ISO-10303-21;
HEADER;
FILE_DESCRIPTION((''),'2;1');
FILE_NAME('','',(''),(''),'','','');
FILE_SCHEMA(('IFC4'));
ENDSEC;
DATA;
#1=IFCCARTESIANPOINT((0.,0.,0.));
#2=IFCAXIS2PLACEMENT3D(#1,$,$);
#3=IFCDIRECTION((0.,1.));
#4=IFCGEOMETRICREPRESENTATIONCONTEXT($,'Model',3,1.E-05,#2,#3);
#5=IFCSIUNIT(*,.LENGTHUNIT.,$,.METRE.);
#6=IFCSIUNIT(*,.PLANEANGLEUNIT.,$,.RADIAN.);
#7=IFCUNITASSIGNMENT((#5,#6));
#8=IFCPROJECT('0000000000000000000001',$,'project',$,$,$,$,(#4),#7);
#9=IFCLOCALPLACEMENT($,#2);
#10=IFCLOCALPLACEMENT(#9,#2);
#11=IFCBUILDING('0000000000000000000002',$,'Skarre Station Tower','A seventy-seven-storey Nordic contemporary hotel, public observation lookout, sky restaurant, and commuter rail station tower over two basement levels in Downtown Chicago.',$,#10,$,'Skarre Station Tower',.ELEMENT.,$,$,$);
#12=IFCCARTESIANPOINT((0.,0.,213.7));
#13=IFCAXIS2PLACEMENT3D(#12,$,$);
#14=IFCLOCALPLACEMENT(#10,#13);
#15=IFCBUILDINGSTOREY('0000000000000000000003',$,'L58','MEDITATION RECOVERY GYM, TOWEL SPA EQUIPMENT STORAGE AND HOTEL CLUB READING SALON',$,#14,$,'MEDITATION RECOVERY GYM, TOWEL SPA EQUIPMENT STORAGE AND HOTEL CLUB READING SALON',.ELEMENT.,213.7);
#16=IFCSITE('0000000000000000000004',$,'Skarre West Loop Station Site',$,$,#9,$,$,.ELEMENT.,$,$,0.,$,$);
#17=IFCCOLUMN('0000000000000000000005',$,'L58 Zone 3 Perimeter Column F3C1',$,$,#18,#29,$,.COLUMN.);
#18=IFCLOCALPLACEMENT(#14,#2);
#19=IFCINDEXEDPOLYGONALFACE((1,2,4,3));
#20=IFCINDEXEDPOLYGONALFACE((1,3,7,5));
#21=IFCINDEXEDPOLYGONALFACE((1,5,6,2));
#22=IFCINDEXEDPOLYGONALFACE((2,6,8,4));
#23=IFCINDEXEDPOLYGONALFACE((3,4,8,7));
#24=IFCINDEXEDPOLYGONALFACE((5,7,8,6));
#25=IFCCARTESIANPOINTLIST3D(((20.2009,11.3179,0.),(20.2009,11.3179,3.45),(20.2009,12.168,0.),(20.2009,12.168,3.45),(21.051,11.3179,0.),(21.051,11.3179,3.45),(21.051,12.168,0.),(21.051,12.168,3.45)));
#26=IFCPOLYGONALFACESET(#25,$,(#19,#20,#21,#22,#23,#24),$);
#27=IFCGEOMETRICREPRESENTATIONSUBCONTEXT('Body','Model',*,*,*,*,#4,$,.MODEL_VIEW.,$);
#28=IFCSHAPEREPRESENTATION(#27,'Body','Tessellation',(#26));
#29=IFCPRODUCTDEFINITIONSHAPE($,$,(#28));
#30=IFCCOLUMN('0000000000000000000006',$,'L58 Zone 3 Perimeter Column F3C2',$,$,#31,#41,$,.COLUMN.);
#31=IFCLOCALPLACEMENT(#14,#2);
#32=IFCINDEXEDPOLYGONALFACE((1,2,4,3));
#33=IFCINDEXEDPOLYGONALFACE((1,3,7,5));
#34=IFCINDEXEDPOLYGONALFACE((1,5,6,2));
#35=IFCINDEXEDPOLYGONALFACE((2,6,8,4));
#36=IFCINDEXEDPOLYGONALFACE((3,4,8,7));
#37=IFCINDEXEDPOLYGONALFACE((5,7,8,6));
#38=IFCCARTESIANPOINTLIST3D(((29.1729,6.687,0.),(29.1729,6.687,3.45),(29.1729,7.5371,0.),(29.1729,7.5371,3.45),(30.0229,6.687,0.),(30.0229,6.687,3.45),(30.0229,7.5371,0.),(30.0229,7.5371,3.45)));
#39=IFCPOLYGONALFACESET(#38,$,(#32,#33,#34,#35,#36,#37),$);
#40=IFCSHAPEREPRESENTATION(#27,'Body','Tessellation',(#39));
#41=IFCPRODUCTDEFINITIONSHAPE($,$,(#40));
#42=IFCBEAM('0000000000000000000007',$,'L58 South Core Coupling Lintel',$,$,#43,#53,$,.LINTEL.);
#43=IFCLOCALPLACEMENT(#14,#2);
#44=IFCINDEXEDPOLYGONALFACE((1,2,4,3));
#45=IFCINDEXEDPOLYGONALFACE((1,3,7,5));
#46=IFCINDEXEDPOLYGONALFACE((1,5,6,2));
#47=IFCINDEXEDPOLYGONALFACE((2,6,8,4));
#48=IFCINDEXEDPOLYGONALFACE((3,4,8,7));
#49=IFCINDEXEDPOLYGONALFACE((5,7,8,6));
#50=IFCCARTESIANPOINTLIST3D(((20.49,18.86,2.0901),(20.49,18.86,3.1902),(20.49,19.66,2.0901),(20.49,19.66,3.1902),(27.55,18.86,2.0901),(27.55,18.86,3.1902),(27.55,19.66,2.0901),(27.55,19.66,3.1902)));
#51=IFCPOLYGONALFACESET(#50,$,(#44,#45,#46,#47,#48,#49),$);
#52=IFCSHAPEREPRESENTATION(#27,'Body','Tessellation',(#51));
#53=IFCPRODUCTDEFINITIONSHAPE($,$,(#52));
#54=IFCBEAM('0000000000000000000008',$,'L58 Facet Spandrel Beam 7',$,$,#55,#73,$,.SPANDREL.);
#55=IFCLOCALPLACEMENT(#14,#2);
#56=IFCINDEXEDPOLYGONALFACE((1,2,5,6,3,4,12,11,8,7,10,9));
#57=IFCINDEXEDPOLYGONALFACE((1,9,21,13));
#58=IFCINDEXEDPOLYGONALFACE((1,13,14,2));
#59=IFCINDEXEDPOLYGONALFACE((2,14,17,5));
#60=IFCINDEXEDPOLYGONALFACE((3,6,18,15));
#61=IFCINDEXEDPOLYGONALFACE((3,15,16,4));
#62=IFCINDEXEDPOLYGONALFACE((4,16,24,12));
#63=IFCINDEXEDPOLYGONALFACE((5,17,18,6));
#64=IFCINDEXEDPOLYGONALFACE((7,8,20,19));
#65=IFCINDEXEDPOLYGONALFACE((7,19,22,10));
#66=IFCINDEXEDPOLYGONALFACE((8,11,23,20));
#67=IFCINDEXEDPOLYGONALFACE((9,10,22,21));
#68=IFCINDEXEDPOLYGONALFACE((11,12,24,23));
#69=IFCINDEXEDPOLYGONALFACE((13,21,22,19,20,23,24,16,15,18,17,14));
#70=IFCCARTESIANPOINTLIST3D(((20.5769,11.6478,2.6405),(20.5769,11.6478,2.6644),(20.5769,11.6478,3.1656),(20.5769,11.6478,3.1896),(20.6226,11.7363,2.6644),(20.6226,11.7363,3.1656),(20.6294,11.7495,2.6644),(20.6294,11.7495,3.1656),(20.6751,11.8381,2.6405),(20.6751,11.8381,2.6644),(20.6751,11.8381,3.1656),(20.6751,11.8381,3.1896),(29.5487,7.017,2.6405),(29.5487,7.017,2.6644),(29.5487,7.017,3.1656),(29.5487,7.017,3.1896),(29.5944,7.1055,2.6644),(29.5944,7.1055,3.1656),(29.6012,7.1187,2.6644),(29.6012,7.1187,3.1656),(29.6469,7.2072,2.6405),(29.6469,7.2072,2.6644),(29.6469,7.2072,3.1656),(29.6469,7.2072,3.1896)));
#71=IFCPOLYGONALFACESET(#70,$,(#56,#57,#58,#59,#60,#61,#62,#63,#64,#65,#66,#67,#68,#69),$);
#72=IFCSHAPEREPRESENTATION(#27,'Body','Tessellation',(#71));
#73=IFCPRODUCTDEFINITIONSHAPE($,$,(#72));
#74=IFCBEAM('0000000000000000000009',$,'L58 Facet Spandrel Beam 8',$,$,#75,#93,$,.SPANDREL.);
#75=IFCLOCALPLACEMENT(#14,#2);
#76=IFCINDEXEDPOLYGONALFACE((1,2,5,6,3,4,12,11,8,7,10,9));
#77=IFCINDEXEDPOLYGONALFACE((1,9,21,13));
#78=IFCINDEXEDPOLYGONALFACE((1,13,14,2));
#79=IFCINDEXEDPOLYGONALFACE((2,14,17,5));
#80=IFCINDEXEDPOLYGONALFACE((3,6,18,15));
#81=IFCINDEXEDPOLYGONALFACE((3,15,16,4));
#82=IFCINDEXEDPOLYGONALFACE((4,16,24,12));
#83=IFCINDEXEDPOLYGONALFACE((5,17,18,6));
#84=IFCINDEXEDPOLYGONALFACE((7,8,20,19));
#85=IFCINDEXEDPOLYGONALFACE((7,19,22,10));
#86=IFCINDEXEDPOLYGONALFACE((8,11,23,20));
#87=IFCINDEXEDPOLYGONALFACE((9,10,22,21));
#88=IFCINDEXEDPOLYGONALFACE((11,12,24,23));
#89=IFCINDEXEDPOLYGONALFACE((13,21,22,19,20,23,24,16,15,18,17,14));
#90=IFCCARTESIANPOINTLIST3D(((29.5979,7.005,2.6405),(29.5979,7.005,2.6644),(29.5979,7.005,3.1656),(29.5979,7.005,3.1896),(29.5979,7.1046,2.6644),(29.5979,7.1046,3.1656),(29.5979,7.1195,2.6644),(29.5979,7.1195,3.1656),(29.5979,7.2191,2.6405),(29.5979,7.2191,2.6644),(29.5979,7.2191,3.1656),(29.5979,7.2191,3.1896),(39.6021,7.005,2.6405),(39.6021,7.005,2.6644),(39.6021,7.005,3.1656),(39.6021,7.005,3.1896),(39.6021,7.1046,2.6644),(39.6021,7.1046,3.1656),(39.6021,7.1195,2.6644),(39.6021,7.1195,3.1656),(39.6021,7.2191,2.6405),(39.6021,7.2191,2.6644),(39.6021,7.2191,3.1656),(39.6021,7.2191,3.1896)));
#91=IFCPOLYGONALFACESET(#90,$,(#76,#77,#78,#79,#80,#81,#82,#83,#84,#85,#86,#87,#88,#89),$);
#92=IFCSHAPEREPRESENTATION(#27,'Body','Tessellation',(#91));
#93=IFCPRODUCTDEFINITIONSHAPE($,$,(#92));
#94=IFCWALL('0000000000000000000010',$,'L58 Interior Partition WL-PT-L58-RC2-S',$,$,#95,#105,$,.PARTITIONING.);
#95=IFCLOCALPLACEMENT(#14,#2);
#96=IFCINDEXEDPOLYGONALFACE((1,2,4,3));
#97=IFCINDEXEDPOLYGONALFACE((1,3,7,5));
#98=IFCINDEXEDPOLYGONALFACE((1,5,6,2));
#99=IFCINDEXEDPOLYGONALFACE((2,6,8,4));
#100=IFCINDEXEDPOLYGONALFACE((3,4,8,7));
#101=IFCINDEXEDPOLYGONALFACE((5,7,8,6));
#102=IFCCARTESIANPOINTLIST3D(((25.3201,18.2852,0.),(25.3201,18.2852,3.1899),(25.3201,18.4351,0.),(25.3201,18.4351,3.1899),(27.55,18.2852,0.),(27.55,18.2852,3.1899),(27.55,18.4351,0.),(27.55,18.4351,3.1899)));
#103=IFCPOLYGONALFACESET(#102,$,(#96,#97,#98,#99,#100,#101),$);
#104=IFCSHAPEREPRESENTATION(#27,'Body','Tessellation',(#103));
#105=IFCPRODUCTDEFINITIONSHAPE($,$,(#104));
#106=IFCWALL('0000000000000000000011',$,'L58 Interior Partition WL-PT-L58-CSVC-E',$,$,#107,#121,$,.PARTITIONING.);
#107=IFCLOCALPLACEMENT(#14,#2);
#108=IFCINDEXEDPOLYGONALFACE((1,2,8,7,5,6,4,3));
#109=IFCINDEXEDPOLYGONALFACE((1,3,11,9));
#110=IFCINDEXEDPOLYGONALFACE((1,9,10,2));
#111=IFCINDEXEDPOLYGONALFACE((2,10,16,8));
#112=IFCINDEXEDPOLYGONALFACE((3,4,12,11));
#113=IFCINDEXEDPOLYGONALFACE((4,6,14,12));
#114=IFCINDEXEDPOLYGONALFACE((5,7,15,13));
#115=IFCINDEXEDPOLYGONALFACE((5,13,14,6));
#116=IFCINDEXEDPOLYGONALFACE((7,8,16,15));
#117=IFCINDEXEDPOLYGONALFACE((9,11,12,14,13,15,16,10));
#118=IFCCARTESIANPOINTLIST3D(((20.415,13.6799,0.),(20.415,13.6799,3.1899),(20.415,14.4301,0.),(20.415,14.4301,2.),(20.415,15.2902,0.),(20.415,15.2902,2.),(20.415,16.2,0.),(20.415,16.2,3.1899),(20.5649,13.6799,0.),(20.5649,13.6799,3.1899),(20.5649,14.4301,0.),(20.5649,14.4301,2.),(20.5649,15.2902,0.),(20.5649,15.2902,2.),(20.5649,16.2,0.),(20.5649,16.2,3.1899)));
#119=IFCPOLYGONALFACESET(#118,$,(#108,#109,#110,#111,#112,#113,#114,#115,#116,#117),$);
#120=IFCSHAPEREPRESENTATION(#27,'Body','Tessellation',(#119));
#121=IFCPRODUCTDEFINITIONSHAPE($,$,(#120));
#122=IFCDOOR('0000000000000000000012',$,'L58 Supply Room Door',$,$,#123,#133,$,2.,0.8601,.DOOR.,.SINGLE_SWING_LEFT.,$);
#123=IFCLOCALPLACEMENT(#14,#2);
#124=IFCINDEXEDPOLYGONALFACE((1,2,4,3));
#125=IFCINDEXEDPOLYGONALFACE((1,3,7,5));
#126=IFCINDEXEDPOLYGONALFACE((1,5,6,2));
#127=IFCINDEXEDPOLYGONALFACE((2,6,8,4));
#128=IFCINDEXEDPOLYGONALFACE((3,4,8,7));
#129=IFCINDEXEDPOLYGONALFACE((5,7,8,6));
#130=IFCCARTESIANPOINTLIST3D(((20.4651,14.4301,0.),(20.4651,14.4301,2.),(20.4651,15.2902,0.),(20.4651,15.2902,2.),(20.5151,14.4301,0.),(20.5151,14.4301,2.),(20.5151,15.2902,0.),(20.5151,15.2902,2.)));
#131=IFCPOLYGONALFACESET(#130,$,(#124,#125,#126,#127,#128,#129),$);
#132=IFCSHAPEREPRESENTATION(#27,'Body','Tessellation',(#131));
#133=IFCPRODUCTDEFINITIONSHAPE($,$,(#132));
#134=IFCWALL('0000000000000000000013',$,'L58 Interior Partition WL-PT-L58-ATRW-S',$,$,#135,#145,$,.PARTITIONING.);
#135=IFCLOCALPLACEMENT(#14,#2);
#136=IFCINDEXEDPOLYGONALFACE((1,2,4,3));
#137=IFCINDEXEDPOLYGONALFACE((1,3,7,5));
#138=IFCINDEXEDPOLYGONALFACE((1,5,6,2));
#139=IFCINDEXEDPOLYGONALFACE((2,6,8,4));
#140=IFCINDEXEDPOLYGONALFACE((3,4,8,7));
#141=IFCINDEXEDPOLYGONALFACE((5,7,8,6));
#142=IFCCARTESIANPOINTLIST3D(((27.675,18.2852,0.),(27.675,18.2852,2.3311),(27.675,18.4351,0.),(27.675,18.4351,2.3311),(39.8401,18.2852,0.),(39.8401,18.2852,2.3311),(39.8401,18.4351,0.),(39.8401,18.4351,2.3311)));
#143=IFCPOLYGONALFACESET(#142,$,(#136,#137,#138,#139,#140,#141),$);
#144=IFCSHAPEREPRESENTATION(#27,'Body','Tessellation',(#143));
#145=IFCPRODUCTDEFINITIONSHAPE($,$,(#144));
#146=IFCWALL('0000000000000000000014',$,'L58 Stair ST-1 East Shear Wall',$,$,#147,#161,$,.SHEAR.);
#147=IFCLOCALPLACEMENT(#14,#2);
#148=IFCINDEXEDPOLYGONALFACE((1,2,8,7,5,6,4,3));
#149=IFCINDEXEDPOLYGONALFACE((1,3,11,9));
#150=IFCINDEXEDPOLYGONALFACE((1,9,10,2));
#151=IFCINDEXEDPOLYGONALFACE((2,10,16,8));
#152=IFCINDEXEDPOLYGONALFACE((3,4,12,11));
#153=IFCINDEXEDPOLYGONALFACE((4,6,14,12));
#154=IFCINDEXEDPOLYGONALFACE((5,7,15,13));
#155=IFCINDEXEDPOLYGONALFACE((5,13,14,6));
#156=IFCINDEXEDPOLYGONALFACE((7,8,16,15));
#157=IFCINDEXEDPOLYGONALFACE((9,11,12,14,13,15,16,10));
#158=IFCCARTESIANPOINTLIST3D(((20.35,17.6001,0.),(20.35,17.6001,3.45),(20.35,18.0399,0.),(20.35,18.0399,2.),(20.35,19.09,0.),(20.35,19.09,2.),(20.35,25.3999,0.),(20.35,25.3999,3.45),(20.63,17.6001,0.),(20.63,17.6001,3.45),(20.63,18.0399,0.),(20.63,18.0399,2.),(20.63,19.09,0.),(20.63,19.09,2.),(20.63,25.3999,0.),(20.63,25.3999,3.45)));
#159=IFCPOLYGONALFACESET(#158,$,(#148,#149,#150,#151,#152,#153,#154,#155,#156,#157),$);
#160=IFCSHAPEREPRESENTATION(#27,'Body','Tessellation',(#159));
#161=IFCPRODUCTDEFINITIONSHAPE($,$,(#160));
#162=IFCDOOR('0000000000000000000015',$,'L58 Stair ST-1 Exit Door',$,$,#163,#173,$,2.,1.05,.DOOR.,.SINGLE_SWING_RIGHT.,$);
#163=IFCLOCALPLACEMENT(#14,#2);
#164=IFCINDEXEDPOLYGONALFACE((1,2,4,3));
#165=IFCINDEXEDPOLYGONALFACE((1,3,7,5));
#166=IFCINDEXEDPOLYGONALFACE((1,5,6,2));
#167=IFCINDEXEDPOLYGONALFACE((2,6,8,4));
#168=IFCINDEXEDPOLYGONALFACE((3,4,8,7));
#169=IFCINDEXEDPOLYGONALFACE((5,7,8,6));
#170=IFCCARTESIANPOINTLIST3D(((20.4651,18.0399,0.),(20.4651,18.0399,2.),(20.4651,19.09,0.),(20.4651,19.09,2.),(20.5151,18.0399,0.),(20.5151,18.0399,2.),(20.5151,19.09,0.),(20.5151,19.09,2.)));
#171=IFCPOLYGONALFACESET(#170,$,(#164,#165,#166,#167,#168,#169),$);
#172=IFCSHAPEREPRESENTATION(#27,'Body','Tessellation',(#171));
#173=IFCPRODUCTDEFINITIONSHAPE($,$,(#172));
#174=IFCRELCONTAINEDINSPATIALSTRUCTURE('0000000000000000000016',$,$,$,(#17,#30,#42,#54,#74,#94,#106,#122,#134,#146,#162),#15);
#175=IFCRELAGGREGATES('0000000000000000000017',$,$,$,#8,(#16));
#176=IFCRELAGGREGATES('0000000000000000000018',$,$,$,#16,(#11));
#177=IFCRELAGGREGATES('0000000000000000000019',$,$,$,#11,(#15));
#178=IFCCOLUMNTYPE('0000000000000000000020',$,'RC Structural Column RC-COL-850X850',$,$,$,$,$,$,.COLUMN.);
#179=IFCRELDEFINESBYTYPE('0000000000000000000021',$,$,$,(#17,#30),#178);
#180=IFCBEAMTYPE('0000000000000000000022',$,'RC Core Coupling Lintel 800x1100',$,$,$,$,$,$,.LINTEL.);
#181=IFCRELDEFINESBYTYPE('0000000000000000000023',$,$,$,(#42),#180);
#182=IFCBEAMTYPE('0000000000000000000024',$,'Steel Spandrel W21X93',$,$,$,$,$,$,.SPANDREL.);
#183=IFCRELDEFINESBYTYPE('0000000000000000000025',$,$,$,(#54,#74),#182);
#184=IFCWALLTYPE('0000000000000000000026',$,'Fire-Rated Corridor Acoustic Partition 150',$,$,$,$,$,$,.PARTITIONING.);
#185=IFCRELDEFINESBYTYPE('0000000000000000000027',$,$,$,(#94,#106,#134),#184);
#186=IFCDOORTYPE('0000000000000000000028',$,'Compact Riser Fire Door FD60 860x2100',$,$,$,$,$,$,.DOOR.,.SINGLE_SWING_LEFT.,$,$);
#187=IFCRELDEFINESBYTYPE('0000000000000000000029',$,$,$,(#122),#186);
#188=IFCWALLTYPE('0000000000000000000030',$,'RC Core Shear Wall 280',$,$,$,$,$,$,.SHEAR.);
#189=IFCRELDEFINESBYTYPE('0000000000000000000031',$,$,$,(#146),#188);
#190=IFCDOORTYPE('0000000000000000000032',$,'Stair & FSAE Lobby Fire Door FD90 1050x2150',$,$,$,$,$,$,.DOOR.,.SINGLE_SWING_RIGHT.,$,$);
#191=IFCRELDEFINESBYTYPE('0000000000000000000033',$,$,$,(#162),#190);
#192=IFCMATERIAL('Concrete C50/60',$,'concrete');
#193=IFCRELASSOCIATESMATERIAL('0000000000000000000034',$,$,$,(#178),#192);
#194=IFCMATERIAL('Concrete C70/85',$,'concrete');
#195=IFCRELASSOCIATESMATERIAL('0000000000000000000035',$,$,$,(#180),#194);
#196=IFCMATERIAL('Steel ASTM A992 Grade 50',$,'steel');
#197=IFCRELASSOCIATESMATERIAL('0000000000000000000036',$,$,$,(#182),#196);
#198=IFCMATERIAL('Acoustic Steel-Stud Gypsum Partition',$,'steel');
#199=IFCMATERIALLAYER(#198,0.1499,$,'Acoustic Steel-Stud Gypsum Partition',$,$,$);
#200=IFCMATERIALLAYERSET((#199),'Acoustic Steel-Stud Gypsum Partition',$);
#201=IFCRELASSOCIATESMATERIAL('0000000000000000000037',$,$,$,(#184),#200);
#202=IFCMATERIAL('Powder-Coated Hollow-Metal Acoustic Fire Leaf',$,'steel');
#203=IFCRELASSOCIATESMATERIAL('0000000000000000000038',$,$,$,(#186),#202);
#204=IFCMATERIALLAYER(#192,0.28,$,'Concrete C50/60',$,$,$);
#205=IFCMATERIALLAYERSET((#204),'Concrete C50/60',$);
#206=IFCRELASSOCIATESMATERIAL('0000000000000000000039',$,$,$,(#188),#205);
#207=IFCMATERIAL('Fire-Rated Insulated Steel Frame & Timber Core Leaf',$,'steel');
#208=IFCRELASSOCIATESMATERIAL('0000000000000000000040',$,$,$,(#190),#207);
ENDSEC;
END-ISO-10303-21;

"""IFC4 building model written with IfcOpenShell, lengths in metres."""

from ifc_helpers import new_model, si_unit, direction, frame, frame_2d, origin, origin_2d, place, context, subcontext, project, spatial, rectangle, i_section, extrude, material, layer, layer_set, material_profile, profile_set, type_object, element, fill, save


model = new_model("IFC4")

# Units and contexts
model_context = context("Model", 3, precision=1e-05, world=origin(), true_north=direction((0.0, 1.0)))
body_context = subcontext(model_context, "Body", "Model", "MODEL_VIEW")
ifc_project = project(units=[si_unit("LENGTHUNIT", "METRE"), si_unit("PLANEANGLEUNIT", "RADIAN")], contexts=[model_context])

# Site, building, storey
site_placement = place(None, origin())
site = spatial("IfcSite", under=ifc_project, at=site_placement, Name="Skarre West Loop Station Site", CompositionType="ELEMENT", RefElevation=0.0)
building_placement = place(site_placement, origin())
building = spatial("IfcBuilding", under=site, at=building_placement, Name="Skarre Station Tower", Description="A seventy-seven-storey Nordic contemporary hotel, public observation lookout, sky restaurant, and commuter rail station tower over two basement levels in Downtown Chicago.", LongName="Skarre Station Tower", CompositionType="ELEMENT")
storey_placement = place(building_placement, frame((0.0, 0.0, 213.7)))
storey = spatial("IfcBuildingStorey", under=building, at=storey_placement, Name="L58", Description="MEDITATION RECOVERY GYM, TOWEL SPA EQUIPMENT STORAGE AND HOTEL CLUB READING SALON", LongName="MEDITATION RECOVERY GYM, TOWEL SPA EQUIPMENT STORAGE AND HOTEL CLUB READING SALON", CompositionType="ELEMENT", Elevation=213.7)

# Columns
ifc_material_1 = material(Name="Concrete C50/60", Category="concrete")
ifc_material_profile_1 = material_profile(ifc_material_1, rectangle(XDim=0.8501, YDim=0.8501, at=origin_2d()), Name="Concrete C50/60")
ifc_profile_set_1 = profile_set([ifc_material_profile_1], Name="Concrete C50/60")
column_type = type_object("IfcColumnType", Name="RC Structural Column RC-COL-850X850", PredefinedType="COLUMN", material=ifc_profile_set_1)
for number, where, z_axis, x_axis, name in (
    (1, (20.626, 11.7429, 0.0), (0.0, 0.0, 1.0), (1.0, 0.0, 0.0), "L58 Zone 3 Perimeter Column F3C1"),
    (2, (29.5979, 7.1121, 0.0), (0.0, 0.0, 1.0), (1.0, 0.0, 0.0), "L58 Zone 3 Perimeter Column F3C2"),
):
    element("IfcColumn", number, at=place(storey_placement, frame(where, z_axis=z_axis, x_axis=x_axis)), inside=storey, type_object=column_type, Name=name, PredefinedType="COLUMN", context=body_context, shape_type="SweptSolid", body=[
        extrude(rectangle(XDim=0.8501, YDim=0.8501, at=origin_2d()), origin(), (0.0, 0.0, 1.0), 3.45),
    ])

# Beams
ifc_material_2 = material(Name="Concrete C70/85", Category="concrete")
ifc_material_profile_2 = material_profile(ifc_material_2, rectangle(XDim=0.8, YDim=1.1001, at=origin_2d()), Name="Concrete C70/85")
ifc_profile_set_2 = profile_set([ifc_material_profile_2], Name="Concrete C70/85")
beam_type_1 = type_object("IfcBeamType", Name="RC Core Coupling Lintel 800x1100", PredefinedType="LINTEL", material=ifc_profile_set_2)
beam_1_placement = place(storey_placement, frame((20.49, 19.26, 2.6401), z_axis=(1.0, 0.0, 0.0), x_axis=(0.0, 1.0, 0.0)))
element("IfcBeam", 3, at=beam_1_placement, inside=storey, type_object=beam_type_1, Name="L58 South Core Coupling Lintel", PredefinedType="LINTEL", context=body_context, shape_type="SweptSolid", body=[
    extrude(rectangle(XDim=0.8, YDim=1.1001, at=origin_2d()), origin(), (0.0, 0.0, 1.0), 7.0601),
])
ifc_material_3 = material(Name="Steel ASTM A992 Grade 50", Category="steel")
ifc_material_profile_3 = material_profile(ifc_material_3, i_section(OverallWidth=0.2141, OverallDepth=0.5491, WebThickness=0.0149, FlangeThickness=0.0239, at=origin_2d()), Name="Steel ASTM A992 Grade 50")
ifc_profile_set_3 = profile_set([ifc_material_profile_3], Name="Steel ASTM A992 Grade 50")
beam_type_2 = type_object("IfcBeamType", Name="Steel Spandrel W21X93", PredefinedType="SPANDREL", material=ifc_profile_set_3)
beam_2_placement = place(storey_placement, frame((20.626, 11.7429, 2.915), z_axis=(0.888613, -0.458658, 0.0), x_axis=(0.458658, 0.888613, 0.0)))
element("IfcBeam", 4, at=beam_2_placement, inside=storey, type_object=beam_type_2, Name="L58 Facet Spandrel Beam 7", PredefinedType="SPANDREL", context=body_context, shape_type="SweptSolid", body=[
    extrude(i_section(OverallWidth=0.2141, OverallDepth=0.5491, WebThickness=0.0149, FlangeThickness=0.0239, at=origin_2d()), origin(), (0.0, 0.0, 1.0), 10.0964),
])
beam_3_placement = place(storey_placement, frame((29.5979, 7.1121, 2.915), z_axis=(1.0, 0.0, 0.0), x_axis=(0.0, 1.0, 0.0)))
element("IfcBeam", 5, at=beam_3_placement, inside=storey, type_object=beam_type_2, Name="L58 Facet Spandrel Beam 8", PredefinedType="SPANDREL", context=body_context, shape_type="SweptSolid", body=[
    extrude(i_section(OverallWidth=0.2141, OverallDepth=0.5491, WebThickness=0.0149, FlangeThickness=0.0239, at=origin_2d()), origin(), (0.0, 0.0, 1.0), 10.0042),
])

# Wall
ifc_material_4 = material(Name="Acoustic Steel-Stud Gypsum Partition", Category="steel")
ifc_layer_1 = layer(ifc_material_4, 0.1499, Name="Acoustic Steel-Stud Gypsum Partition")
ifc_layer_set_1 = layer_set([ifc_layer_1], Name="Acoustic Steel-Stud Gypsum Partition")
wall_type_1 = type_object("IfcWallType", Name="Fire-Rated Corridor Acoustic Partition 150", PredefinedType="PARTITIONING", material=ifc_layer_set_1)
wall_1_placement = place(storey_placement, frame((25.3201, 18.3601, 0.0), z_axis=(0.0, 0.0, 1.0), x_axis=(1.0, 0.0, 0.0)))
element("IfcWall", 6, at=wall_1_placement, inside=storey, type_object=wall_type_1, Name="L58 Interior Partition WL-PT-L58-RC2-S", PredefinedType="PARTITIONING", context=body_context, shape_type="SweptSolid", body=[
    extrude(rectangle(XDim=2.23, YDim=0.1499, at=frame_2d((1.115, 0.0))), origin(), (0.0, 0.0, 1.0), 3.1899),
])

# Wall, opening, door
wall_2_placement = place(storey_placement, frame((20.49, 13.6799, 0.0), z_axis=(0.0, 0.0, 1.0), x_axis=(0.0, 1.0, 0.0)))
wall_2 = element("IfcWall", 7, at=wall_2_placement, inside=storey, type_object=wall_type_1, Name="L58 Interior Partition WL-PT-L58-CSVC-E", PredefinedType="PARTITIONING", context=body_context, shape_type="SweptSolid", body=[
    extrude(rectangle(XDim=2.52, YDim=0.1499, at=frame_2d((1.26, 0.0))), origin(), (0.0, 0.0, 1.0), 3.1899),
])
opening_1_placement = place(wall_2_placement, frame((0.75, 0.0, 0.0)))
opening_1 = element("IfcOpeningElement", 8, at=opening_1_placement, cuts=wall_2, PredefinedType="OPENING", context=body_context, shape_type="SweptSolid", body=[
    extrude(rectangle(XDim=0.8601, YDim=2.0, at=frame_2d((0.4302, 1.0))), frame((0.0, 0.085, 0.0), z_axis=(0.0, -1.0, 0.0), x_axis=(1.0, 0.0, 0.0)), (0.0, 0.0, 1.0), 0.1699),
])
ifc_material_5 = material(Name="Powder-Coated Hollow-Metal Acoustic Fire Leaf", Category="steel")
door_type_1 = type_object("IfcDoorType", Name="Compact Riser Fire Door FD60 860x2100", OperationType="SINGLE_SWING_LEFT", PredefinedType="DOOR", material=ifc_material_5)
door_1_placement = place(opening_1_placement, origin())
door_1 = element("IfcDoor", 9, at=door_1_placement, inside=storey, type_object=door_type_1, Name="L58 Supply Room Door", OperationType="SINGLE_SWING_LEFT", OverallHeight=2.0, OverallWidth=0.8601, PredefinedType="DOOR", context=body_context, shape_type="SweptSolid", body=[
    extrude(rectangle(XDim=0.8601, YDim=2.0, at=frame_2d((0.4302, 1.0))), frame((0.0, 0.0249, 0.0), z_axis=(0.0, -1.0, 0.0), x_axis=(1.0, 0.0, 0.0)), (0.0, 0.0, 1.0), 0.05),
])
fill(opening_1, door_1)

# Wall
wall_3_placement = place(storey_placement, frame((27.675, 18.3601, 0.0), z_axis=(0.0, 0.0, 1.0), x_axis=(1.0, 0.0, 0.0)))
element("IfcWall", 10, at=wall_3_placement, inside=storey, type_object=wall_type_1, Name="L58 Interior Partition WL-PT-L58-ATRW-S", PredefinedType="PARTITIONING", context=body_context, shape_type="SweptSolid", body=[
    extrude(rectangle(XDim=12.165, YDim=0.1499, at=frame_2d((6.0825, 0.0))), origin(), (0.0, 0.0, 1.0), 2.3311),
])

# Wall, opening, door
ifc_layer_2 = layer(ifc_material_1, 0.28, Name="Concrete C50/60")
ifc_layer_set_2 = layer_set([ifc_layer_2], Name="Concrete C50/60")
wall_type_2 = type_object("IfcWallType", Name="RC Core Shear Wall 280", PredefinedType="SHEAR", material=ifc_layer_set_2)
wall_4_placement = place(storey_placement, frame((20.49, 17.6001, 0.0), z_axis=(0.0, 0.0, 1.0), x_axis=(0.0, 1.0, 0.0)))
wall_4 = element("IfcWall", 11, at=wall_4_placement, inside=storey, type_object=wall_type_2, Name="L58 Stair ST-1 East Shear Wall", PredefinedType="SHEAR", context=body_context, shape_type="SweptSolid", body=[
    extrude(rectangle(XDim=7.7998, YDim=0.28, at=frame_2d((3.8999, 0.0))), origin(), (0.0, 0.0, 1.0), 3.45),
])
opening_2_placement = place(wall_4_placement, frame((0.4399, 0.0, 0.0)))
opening_2 = element("IfcOpeningElement", 12, at=opening_2_placement, cuts=wall_4, PredefinedType="OPENING", context=body_context, shape_type="SweptSolid", body=[
    extrude(rectangle(XDim=1.05, YDim=2.0, at=frame_2d((0.5249, 1.0))), frame((0.0, 0.1499, 0.0), z_axis=(0.0, -1.0, 0.0), x_axis=(1.0, 0.0, 0.0)), (0.0, 0.0, 1.0), 0.3),
])
ifc_material_6 = material(Name="Fire-Rated Insulated Steel Frame & Timber Core Leaf", Category="steel")
door_type_2 = type_object("IfcDoorType", Name="Stair & FSAE Lobby Fire Door FD90 1050x2150", OperationType="SINGLE_SWING_RIGHT", PredefinedType="DOOR", material=ifc_material_6)
door_2_placement = place(opening_2_placement, origin())
door_2 = element("IfcDoor", 13, at=door_2_placement, inside=storey, type_object=door_type_2, Name="L58 Stair ST-1 Exit Door", OperationType="SINGLE_SWING_RIGHT", OverallHeight=2.0, OverallWidth=1.05, PredefinedType="DOOR", context=body_context, shape_type="SweptSolid", body=[
    extrude(rectangle(XDim=1.05, YDim=2.0, at=frame_2d((0.5249, 1.0))), frame((0.0, 0.0249, 0.0), z_axis=(0.0, -1.0, 0.0), x_axis=(1.0, 0.0, 0.0)), (0.0, 0.0, 1.0), 0.05),
])
fill(opening_2, door_2)

save(model, "model.ifc")
